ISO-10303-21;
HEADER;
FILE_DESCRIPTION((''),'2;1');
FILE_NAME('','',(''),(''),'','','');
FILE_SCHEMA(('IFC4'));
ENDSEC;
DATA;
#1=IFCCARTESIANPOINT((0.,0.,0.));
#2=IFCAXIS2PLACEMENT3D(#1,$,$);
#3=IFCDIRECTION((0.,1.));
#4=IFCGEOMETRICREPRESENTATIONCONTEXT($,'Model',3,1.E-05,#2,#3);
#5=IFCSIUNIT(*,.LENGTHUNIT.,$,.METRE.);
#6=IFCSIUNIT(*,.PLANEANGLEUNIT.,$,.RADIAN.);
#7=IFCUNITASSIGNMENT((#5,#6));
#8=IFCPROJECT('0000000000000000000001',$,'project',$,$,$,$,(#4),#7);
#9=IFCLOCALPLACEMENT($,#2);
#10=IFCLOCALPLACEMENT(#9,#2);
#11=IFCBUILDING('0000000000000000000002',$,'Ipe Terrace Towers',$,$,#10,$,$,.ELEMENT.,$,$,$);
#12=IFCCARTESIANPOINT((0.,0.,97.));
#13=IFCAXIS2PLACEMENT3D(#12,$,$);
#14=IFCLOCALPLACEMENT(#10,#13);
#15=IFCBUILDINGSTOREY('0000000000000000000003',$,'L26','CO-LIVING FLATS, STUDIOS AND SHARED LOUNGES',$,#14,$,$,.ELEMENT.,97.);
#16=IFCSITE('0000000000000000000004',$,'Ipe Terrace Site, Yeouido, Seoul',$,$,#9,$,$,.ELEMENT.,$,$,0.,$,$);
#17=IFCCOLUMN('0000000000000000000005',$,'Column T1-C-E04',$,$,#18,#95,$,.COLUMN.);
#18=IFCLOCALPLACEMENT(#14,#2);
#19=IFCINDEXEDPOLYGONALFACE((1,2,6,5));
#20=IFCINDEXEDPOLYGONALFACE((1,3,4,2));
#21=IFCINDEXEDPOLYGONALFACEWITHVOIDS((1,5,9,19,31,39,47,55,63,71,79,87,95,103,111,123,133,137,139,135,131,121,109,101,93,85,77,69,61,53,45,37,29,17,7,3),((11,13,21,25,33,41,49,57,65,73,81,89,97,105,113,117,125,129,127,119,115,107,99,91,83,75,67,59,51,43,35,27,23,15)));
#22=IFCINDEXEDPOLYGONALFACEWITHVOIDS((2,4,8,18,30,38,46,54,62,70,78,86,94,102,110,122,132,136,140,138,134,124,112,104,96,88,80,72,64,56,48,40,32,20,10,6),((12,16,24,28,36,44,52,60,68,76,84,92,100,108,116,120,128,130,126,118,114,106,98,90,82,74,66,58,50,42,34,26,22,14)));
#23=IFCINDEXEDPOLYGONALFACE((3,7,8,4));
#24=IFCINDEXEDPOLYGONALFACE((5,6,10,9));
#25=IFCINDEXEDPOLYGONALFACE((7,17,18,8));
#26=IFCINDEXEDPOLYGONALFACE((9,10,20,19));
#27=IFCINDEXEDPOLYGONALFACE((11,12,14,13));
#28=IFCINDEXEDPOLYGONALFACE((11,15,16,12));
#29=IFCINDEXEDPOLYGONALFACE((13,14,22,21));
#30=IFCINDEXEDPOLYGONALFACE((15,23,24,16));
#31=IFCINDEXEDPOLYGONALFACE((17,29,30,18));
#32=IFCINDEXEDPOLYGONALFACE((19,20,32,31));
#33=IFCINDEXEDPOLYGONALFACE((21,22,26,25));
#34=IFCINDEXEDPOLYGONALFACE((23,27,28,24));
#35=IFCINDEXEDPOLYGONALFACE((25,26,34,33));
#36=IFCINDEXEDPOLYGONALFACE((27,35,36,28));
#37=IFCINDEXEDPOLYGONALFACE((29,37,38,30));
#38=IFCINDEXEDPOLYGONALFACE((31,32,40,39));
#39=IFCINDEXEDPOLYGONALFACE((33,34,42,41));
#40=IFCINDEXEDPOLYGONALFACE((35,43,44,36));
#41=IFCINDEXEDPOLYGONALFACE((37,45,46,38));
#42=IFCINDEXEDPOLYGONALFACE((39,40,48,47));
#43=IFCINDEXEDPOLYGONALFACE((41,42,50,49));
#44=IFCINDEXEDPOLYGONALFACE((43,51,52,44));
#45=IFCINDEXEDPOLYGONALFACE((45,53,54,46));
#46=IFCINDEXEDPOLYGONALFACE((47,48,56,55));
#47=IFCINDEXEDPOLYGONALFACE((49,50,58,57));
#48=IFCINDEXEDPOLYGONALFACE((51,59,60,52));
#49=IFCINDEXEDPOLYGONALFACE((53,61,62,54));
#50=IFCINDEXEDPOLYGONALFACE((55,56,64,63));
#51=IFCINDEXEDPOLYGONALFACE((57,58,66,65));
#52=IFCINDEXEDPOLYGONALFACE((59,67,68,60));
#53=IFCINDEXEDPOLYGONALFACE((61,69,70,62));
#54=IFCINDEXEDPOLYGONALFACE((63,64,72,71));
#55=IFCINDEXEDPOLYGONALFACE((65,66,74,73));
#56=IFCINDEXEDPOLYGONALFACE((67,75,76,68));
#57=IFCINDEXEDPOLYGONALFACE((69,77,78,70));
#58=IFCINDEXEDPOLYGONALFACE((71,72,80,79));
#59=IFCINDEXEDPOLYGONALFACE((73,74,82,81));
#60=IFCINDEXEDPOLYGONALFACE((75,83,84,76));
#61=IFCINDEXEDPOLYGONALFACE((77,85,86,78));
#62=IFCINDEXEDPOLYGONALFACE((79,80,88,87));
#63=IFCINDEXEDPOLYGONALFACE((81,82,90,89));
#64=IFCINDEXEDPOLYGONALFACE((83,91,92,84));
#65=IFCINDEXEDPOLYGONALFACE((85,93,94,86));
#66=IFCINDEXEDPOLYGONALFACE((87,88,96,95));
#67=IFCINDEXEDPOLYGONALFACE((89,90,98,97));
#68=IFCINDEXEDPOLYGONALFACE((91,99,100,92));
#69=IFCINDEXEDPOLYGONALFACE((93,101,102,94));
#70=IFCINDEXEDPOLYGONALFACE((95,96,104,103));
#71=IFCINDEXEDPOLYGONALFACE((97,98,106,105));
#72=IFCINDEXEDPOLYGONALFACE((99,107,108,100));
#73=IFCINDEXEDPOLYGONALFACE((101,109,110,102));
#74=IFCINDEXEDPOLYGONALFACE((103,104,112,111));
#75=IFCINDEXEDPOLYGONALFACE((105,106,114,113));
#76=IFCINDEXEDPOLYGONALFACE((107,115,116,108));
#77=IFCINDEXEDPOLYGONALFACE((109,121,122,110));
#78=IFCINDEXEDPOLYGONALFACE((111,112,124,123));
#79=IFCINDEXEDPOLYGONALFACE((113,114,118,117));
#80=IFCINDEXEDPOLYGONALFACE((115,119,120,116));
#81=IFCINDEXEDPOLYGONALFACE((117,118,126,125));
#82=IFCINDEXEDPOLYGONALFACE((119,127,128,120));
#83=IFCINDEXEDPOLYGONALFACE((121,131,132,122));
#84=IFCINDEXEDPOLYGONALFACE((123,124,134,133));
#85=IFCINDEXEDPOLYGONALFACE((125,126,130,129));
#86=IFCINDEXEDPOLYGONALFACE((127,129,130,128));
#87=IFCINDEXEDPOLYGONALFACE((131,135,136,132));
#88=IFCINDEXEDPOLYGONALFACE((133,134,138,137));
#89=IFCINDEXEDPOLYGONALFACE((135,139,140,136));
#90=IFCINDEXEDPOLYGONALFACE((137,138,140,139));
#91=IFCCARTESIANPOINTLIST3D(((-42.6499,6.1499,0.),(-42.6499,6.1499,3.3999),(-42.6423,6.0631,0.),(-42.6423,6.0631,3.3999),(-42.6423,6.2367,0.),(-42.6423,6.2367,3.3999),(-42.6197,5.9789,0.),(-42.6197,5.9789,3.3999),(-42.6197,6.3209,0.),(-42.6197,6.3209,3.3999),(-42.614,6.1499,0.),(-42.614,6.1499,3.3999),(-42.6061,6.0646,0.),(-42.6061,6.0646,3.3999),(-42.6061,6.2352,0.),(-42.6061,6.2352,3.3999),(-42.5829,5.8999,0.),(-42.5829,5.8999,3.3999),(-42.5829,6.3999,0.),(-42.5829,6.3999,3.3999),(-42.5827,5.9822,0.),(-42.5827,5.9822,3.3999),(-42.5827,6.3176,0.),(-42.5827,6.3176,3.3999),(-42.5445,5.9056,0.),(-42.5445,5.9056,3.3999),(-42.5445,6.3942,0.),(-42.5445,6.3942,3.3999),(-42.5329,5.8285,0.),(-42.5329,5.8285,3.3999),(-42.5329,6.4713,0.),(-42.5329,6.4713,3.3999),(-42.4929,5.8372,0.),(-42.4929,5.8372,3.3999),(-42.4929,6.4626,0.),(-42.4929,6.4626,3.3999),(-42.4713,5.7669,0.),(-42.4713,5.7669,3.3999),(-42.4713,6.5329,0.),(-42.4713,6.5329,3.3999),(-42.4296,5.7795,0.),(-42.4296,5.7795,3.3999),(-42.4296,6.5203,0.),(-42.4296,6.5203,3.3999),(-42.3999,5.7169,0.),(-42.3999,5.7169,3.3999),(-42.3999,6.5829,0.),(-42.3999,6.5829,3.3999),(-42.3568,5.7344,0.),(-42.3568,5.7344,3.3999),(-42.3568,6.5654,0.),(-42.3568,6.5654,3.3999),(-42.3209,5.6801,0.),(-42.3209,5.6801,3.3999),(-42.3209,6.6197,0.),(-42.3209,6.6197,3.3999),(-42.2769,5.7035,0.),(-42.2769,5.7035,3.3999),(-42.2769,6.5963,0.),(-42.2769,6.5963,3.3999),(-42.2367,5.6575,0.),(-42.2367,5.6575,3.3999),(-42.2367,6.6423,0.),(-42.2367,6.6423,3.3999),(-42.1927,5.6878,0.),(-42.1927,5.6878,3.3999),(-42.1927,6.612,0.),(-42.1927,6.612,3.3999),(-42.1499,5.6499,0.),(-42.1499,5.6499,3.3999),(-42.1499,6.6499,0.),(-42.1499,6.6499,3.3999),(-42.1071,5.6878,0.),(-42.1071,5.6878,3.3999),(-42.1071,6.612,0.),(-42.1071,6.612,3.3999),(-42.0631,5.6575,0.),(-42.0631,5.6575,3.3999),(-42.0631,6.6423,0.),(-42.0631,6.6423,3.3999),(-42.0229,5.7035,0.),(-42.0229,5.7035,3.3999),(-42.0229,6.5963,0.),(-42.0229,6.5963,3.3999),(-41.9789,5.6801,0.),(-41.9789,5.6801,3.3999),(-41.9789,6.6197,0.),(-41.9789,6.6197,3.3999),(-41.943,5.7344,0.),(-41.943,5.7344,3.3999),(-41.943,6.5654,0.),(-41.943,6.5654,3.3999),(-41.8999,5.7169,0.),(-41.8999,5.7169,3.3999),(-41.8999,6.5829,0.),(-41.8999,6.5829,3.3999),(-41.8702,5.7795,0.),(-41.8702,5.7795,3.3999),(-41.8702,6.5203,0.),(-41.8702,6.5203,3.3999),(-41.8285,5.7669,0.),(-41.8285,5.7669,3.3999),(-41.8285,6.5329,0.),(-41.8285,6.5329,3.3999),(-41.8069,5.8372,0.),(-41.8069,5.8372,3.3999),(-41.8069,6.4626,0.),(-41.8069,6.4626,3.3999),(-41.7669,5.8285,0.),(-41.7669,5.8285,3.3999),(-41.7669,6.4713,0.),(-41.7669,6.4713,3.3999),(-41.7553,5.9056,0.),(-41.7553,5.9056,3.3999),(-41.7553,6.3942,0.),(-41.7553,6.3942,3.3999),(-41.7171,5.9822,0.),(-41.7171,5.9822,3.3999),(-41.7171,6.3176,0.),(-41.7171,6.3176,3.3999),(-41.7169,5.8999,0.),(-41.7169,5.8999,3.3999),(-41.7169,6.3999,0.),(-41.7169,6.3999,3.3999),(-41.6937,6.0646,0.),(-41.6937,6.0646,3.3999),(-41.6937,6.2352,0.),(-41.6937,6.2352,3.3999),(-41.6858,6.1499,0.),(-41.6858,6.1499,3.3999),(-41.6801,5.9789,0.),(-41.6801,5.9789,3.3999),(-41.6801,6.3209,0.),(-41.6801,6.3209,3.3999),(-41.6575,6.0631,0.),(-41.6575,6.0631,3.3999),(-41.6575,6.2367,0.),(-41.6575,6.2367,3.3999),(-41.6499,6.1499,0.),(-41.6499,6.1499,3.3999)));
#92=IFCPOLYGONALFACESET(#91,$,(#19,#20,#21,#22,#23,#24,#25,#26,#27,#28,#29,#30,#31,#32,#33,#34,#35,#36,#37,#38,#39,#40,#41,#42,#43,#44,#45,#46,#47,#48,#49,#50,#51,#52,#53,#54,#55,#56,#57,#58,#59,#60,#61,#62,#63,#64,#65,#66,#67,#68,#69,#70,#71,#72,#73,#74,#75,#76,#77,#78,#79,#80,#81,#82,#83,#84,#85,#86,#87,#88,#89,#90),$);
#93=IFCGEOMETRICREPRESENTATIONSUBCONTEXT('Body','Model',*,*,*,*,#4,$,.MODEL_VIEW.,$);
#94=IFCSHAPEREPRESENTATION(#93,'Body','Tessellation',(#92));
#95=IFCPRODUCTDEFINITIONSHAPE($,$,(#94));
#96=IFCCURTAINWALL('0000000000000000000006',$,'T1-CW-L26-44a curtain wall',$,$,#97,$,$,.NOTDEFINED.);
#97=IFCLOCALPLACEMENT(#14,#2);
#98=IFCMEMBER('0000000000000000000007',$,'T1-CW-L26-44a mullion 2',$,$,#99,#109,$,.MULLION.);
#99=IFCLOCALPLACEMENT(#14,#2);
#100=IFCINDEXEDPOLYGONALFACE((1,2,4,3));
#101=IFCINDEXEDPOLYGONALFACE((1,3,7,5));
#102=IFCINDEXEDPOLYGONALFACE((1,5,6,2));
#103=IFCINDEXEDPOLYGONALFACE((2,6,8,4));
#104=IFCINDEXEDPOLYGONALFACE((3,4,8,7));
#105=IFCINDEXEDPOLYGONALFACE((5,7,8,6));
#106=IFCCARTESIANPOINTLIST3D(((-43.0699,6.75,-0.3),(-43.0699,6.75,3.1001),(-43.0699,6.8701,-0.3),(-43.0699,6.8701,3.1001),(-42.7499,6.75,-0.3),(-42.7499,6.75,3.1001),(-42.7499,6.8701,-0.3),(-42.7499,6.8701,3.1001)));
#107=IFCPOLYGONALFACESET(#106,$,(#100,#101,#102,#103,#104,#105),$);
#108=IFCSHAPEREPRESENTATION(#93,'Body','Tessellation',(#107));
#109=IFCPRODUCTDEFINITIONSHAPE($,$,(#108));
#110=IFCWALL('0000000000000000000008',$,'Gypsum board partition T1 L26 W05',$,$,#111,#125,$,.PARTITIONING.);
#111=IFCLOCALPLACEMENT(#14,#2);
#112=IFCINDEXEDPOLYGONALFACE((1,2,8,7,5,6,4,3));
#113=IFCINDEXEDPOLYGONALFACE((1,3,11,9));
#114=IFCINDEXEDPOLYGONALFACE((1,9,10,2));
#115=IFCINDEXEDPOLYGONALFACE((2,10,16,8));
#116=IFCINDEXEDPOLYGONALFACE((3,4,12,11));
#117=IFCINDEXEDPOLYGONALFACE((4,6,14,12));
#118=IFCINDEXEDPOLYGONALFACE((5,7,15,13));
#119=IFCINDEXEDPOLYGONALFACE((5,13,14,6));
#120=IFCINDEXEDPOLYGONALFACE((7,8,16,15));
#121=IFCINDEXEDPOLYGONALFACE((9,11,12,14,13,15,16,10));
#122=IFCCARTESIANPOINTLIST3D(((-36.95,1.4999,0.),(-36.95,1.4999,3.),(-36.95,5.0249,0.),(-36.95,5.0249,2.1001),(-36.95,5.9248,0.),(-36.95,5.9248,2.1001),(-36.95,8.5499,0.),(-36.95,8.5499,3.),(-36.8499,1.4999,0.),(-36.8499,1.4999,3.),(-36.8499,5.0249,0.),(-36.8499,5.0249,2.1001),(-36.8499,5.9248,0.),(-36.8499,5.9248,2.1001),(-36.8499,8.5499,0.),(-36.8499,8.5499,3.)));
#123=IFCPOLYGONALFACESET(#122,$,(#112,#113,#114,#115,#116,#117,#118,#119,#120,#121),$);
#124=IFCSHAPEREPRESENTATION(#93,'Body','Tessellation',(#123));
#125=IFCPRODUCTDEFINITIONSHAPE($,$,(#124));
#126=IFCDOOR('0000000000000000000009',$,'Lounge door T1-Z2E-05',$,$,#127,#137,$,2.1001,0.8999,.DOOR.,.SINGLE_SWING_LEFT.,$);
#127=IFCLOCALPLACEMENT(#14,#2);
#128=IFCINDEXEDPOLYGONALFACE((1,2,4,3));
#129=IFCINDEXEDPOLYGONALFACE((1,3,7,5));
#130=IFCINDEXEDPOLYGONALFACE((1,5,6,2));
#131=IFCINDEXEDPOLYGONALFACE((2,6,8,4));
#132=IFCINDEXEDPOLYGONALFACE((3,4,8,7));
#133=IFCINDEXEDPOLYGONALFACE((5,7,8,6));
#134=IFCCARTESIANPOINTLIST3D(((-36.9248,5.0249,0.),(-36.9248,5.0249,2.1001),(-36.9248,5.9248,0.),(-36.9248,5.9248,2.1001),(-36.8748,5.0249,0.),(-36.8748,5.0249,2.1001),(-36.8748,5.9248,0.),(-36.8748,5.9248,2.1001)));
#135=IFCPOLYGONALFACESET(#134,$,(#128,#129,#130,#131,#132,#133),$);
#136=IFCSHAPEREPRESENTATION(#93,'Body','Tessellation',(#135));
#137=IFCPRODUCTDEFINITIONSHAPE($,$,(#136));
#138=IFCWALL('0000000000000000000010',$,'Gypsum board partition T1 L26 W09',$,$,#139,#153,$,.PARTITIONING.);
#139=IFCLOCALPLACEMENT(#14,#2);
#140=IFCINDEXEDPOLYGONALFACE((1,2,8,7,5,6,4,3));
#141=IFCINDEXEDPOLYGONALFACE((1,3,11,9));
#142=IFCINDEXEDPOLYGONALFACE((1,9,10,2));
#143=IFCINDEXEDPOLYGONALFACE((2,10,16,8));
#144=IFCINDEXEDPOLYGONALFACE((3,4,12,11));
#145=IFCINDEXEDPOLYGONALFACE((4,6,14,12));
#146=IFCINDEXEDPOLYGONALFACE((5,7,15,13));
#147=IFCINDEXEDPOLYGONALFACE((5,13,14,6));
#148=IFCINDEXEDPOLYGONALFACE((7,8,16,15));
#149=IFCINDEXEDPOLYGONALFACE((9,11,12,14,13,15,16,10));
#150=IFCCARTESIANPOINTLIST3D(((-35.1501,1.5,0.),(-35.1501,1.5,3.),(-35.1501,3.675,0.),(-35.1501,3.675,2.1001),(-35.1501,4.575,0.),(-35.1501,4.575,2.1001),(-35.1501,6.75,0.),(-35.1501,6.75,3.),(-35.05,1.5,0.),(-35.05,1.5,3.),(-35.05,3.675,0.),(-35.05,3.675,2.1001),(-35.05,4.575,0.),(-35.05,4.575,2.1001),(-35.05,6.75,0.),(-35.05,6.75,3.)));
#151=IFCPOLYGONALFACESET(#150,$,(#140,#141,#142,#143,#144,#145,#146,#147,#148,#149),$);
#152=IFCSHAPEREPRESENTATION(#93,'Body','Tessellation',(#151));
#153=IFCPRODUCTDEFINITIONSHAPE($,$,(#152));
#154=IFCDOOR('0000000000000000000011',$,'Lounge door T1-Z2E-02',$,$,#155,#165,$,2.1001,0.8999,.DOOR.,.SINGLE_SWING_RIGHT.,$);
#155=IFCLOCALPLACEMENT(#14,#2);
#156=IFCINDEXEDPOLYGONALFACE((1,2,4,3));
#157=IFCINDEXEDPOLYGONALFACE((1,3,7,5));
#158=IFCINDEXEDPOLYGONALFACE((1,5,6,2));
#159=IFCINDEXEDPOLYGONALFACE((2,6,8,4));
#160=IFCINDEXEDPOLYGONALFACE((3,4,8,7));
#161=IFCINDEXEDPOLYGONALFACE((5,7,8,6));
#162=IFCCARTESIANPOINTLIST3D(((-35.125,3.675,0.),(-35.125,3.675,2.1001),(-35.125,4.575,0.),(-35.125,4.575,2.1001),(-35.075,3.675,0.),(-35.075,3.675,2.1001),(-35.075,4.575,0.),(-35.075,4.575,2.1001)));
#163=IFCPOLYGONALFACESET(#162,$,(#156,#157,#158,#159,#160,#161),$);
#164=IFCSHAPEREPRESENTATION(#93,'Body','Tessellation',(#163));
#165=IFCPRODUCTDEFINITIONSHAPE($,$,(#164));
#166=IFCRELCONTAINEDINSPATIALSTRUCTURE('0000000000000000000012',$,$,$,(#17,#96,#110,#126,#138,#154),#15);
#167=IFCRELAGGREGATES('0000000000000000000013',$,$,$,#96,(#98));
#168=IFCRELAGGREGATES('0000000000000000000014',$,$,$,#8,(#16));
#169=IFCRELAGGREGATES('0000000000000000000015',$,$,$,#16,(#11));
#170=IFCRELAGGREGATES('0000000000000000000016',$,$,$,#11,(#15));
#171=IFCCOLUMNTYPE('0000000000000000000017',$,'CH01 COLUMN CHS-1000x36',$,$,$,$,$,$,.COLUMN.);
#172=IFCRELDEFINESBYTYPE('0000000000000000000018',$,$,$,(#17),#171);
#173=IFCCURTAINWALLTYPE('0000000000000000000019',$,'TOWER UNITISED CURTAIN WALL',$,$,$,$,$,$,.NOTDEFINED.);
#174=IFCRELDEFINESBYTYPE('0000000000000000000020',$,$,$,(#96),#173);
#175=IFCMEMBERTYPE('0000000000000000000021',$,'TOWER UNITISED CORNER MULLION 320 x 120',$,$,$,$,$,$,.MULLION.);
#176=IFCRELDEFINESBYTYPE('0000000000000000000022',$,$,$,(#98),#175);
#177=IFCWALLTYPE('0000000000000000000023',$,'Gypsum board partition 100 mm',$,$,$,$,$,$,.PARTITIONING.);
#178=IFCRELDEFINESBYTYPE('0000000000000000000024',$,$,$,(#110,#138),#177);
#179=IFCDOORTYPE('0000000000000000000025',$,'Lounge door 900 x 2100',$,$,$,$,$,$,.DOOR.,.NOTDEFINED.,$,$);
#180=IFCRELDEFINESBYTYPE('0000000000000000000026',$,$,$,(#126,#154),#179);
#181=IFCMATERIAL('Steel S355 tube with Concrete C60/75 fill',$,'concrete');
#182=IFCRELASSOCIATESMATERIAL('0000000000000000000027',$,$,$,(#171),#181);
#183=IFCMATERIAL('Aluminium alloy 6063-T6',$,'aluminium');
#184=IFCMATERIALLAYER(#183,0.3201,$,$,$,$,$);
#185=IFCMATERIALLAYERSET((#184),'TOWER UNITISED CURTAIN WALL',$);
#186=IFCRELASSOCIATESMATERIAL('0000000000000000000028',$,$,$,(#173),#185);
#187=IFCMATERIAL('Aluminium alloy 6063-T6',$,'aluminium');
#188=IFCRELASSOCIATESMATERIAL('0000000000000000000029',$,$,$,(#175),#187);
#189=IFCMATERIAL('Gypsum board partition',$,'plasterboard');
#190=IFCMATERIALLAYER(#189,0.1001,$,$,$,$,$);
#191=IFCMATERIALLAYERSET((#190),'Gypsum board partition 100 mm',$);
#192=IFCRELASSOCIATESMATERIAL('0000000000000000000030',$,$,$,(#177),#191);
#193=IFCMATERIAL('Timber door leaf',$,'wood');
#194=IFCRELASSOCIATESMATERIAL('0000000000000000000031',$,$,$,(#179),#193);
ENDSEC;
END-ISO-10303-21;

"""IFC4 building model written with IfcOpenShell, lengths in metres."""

from ifc_helpers import new_model, si_unit, direction, frame, frame_2d, origin, origin_2d, place, context, subcontext, project, spatial, rectangle, hollow_circle, extrude, material, layer, layer_set, material_profile, profile_set, type_object, element, fill, aggregate, save


model = new_model("IFC4")

# Units and contexts
model_context = context("Model", 3, precision=1e-05, world=origin(), true_north=direction((0.0, 1.0)))
body_context = subcontext(model_context, "Body", "Model", "MODEL_VIEW")
ifc_project = project(units=[si_unit("LENGTHUNIT", "METRE"), si_unit("PLANEANGLEUNIT", "RADIAN")], contexts=[model_context])

# Site, building, storey
site_placement = place(None, origin())
site = spatial("IfcSite", under=ifc_project, at=site_placement, Name="Ipe Terrace Site, Yeouido, Seoul", CompositionType="ELEMENT", RefElevation=0.0)
building_placement = place(site_placement, origin())
building = spatial("IfcBuilding", under=site, at=building_placement, Name="Ipe Terrace Towers", CompositionType="ELEMENT")
storey_placement = place(building_placement, frame((0.0, 0.0, 97.0)))
storey = spatial("IfcBuildingStorey", under=building, at=storey_placement, Name="L26", Description="CO-LIVING FLATS, STUDIOS AND SHARED LOUNGES", CompositionType="ELEMENT", Elevation=97.0)

# Column
ifc_material_1 = material(Name="Steel S355 tube with Concrete C60/75 fill", Category="concrete")
ifc_material_profile_1 = material_profile(ifc_material_1, hollow_circle(Radius=0.5, WallThickness=0.0359, at=origin_2d()), Name="CHS-1000x36")
ifc_profile_set_1 = profile_set([ifc_material_profile_1], Name="Steel S355 tube with Concrete C60/75 fill")
column_type = type_object("IfcColumnType", Name="CH01 COLUMN CHS-1000x36", PredefinedType="COLUMN", material=ifc_profile_set_1)
column_placement = place(storey_placement, frame((-42.1499, 6.1499, 0.0), z_axis=(0.0, 0.0, 1.0), x_axis=(1.0, 0.0, 0.0)))
element("IfcColumn", 1, at=column_placement, inside=storey, type_object=column_type, Name="Column T1-C-E04", PredefinedType="COLUMN", context=body_context, shape_type="SweptSolid", body=[
    extrude(hollow_circle(Radius=0.5, WallThickness=0.0359, at=origin_2d()), origin(), (0.0, 0.0, 1.0), 3.3999),
])

# Curtain wall, member
ifc_material_2 = material(Name="Aluminium alloy 6063-T6", Category="aluminium")
ifc_layer_1 = layer(ifc_material_2, 0.3201)
ifc_layer_set_1 = layer_set([ifc_layer_1], Name="TOWER UNITISED CURTAIN WALL")
curtain_wall_type = type_object("IfcCurtainWallType", Name="TOWER UNITISED CURTAIN WALL", PredefinedType="NOTDEFINED", material=ifc_layer_set_1)
curtain_wall_placement = place(storey_placement, origin())
curtain_wall = element("IfcCurtainWall", 2, at=curtain_wall_placement, inside=storey, type_object=curtain_wall_type, Name="T1-CW-L26-44a curtain wall", PredefinedType="NOTDEFINED")
ifc_material_3 = material(Name="Aluminium alloy 6063-T6", Category="aluminium")
ifc_material_profile_2 = material_profile(ifc_material_3, rectangle(XDim=0.3201, YDim=0.1201, at=origin_2d()), Name="TOWER UNITISED CORNER MULLION 320 x 120")
ifc_profile_set_2 = profile_set([ifc_material_profile_2], Name="Aluminium alloy 6063-T6")
member_type = type_object("IfcMemberType", Name="TOWER UNITISED CORNER MULLION 320 x 120", PredefinedType="MULLION", material=ifc_profile_set_2)
member_placement = place(storey_placement, frame((-42.9099, 6.8101, -0.3), z_axis=(0.0, 0.0, 1.0), x_axis=(-1.0, 0.0, 0.0)))
member = element("IfcMember", 3, at=member_placement, type_object=member_type, Name="T1-CW-L26-44a mullion 2", PredefinedType="MULLION", context=body_context, shape_type="SweptSolid", body=[
    extrude(rectangle(XDim=0.3201, YDim=0.1201, at=origin_2d()), origin(), (0.0, 0.0, 1.0), 3.4001),
])
aggregate(curtain_wall, [member])

# Walls, openings, doors
ifc_material_4 = material(Name="Gypsum board partition", Category="plasterboard")
ifc_layer_2 = layer(ifc_material_4, 0.1001)
ifc_layer_set_2 = layer_set([ifc_layer_2], Name="Gypsum board partition 100 mm")
wall_type_1 = type_object("IfcWallType", Name="Gypsum board partition 100 mm", PredefinedType="PARTITIONING", material=ifc_layer_set_2)
wall_1_placement = place(storey_placement, frame((-36.8999, 1.5, 0.0), z_axis=(0.0, 0.0, 1.0), x_axis=(0.0, 1.0, 0.0)))
wall_1 = element("IfcWall", 4, at=wall_1_placement, inside=storey, type_object=wall_type_1, Name="Gypsum board partition T1 L26 W05", PredefinedType="PARTITIONING", context=body_context, shape_type="SweptSolid", body=[
    extrude(rectangle(XDim=7.05, YDim=0.1001, at=frame_2d((3.5249, 0.0))), origin(), (0.0, 0.0, 1.0), 3.0),
])
opening_1_placement = place(wall_1_placement, frame((3.5249, 0.0, 0.0)))
opening_1 = element("IfcOpeningElement", 5, at=opening_1_placement, cuts=wall_1, PredefinedType="OPENING", context=body_context, shape_type="SweptSolid", body=[
    extrude(rectangle(XDim=0.8999, YDim=2.1001, at=frame_2d((0.45, 1.05))), frame((0.0, 0.0601, 0.0), z_axis=(0.0, -1.0, 0.0), x_axis=(1.0, 0.0, 0.0)), (0.0, 0.0, 1.0), 0.1201),
])
ifc_material_5 = material(Name="Timber door leaf", Category="wood")
door_type_1 = type_object("IfcDoorType", Name="Lounge door 900 x 2100", OperationType="NOTDEFINED", PredefinedType="DOOR", material=ifc_material_5)
door_1_placement = place(opening_1_placement, origin())
door_1 = element("IfcDoor", 6, at=door_1_placement, inside=storey, type_object=door_type_1, Name="Lounge door T1-Z2E-05", OperationType="SINGLE_SWING_LEFT", OverallHeight=2.1001, OverallWidth=0.8999, PredefinedType="DOOR", context=body_context, shape_type="SweptSolid", body=[
    extrude(rectangle(XDim=0.8999, YDim=2.1001, at=frame_2d((0.45, 1.05))), frame((0.0, 0.0249, 0.0), z_axis=(0.0, -1.0, 0.0), x_axis=(1.0, 0.0, 0.0)), (0.0, 0.0, 1.0), 0.05),
])
fill(opening_1, door_1)
wall_2_placement = place(storey_placement, frame((-35.1001, 1.5, 0.0), z_axis=(0.0, 0.0, 1.0), x_axis=(0.0, 1.0, 0.0)))
wall_2 = element("IfcWall", 7, at=wall_2_placement, inside=storey, type_object=wall_type_1, Name="Gypsum board partition T1 L26 W09", PredefinedType="PARTITIONING", context=body_context, shape_type="SweptSolid", body=[
    extrude(rectangle(XDim=5.25, YDim=0.1001, at=frame_2d((2.625, 0.0))), origin(), (0.0, 0.0, 1.0), 3.0),
])
opening_2_placement = place(wall_2_placement, frame((2.175, 0.0, 0.0)))
opening_2 = element("IfcOpeningElement", 8, at=opening_2_placement, cuts=wall_2, PredefinedType="OPENING", context=body_context, shape_type="SweptSolid", body=[
    extrude(rectangle(XDim=0.8999, YDim=2.1001, at=frame_2d((0.45, 1.05))), frame((0.0, 0.0601, 0.0), z_axis=(0.0, -1.0, 0.0), x_axis=(1.0, 0.0, 0.0)), (0.0, 0.0, 1.0), 0.1201),
])
door_2_placement = place(opening_2_placement, origin())
door_2 = element("IfcDoor", 9, at=door_2_placement, inside=storey, type_object=door_type_1, Name="Lounge door T1-Z2E-02", OperationType="SINGLE_SWING_RIGHT", OverallHeight=2.1001, OverallWidth=0.8999, PredefinedType="DOOR", context=body_context, shape_type="SweptSolid", body=[
    extrude(rectangle(XDim=0.8999, YDim=2.1001, at=frame_2d((0.45, 1.05))), frame((0.0, 0.0249, 0.0), z_axis=(0.0, -1.0, 0.0), x_axis=(1.0, 0.0, 0.0)), (0.0, 0.0, 1.0), 0.05),
])
fill(opening_2, door_2)

save(model, "model.ifc")
